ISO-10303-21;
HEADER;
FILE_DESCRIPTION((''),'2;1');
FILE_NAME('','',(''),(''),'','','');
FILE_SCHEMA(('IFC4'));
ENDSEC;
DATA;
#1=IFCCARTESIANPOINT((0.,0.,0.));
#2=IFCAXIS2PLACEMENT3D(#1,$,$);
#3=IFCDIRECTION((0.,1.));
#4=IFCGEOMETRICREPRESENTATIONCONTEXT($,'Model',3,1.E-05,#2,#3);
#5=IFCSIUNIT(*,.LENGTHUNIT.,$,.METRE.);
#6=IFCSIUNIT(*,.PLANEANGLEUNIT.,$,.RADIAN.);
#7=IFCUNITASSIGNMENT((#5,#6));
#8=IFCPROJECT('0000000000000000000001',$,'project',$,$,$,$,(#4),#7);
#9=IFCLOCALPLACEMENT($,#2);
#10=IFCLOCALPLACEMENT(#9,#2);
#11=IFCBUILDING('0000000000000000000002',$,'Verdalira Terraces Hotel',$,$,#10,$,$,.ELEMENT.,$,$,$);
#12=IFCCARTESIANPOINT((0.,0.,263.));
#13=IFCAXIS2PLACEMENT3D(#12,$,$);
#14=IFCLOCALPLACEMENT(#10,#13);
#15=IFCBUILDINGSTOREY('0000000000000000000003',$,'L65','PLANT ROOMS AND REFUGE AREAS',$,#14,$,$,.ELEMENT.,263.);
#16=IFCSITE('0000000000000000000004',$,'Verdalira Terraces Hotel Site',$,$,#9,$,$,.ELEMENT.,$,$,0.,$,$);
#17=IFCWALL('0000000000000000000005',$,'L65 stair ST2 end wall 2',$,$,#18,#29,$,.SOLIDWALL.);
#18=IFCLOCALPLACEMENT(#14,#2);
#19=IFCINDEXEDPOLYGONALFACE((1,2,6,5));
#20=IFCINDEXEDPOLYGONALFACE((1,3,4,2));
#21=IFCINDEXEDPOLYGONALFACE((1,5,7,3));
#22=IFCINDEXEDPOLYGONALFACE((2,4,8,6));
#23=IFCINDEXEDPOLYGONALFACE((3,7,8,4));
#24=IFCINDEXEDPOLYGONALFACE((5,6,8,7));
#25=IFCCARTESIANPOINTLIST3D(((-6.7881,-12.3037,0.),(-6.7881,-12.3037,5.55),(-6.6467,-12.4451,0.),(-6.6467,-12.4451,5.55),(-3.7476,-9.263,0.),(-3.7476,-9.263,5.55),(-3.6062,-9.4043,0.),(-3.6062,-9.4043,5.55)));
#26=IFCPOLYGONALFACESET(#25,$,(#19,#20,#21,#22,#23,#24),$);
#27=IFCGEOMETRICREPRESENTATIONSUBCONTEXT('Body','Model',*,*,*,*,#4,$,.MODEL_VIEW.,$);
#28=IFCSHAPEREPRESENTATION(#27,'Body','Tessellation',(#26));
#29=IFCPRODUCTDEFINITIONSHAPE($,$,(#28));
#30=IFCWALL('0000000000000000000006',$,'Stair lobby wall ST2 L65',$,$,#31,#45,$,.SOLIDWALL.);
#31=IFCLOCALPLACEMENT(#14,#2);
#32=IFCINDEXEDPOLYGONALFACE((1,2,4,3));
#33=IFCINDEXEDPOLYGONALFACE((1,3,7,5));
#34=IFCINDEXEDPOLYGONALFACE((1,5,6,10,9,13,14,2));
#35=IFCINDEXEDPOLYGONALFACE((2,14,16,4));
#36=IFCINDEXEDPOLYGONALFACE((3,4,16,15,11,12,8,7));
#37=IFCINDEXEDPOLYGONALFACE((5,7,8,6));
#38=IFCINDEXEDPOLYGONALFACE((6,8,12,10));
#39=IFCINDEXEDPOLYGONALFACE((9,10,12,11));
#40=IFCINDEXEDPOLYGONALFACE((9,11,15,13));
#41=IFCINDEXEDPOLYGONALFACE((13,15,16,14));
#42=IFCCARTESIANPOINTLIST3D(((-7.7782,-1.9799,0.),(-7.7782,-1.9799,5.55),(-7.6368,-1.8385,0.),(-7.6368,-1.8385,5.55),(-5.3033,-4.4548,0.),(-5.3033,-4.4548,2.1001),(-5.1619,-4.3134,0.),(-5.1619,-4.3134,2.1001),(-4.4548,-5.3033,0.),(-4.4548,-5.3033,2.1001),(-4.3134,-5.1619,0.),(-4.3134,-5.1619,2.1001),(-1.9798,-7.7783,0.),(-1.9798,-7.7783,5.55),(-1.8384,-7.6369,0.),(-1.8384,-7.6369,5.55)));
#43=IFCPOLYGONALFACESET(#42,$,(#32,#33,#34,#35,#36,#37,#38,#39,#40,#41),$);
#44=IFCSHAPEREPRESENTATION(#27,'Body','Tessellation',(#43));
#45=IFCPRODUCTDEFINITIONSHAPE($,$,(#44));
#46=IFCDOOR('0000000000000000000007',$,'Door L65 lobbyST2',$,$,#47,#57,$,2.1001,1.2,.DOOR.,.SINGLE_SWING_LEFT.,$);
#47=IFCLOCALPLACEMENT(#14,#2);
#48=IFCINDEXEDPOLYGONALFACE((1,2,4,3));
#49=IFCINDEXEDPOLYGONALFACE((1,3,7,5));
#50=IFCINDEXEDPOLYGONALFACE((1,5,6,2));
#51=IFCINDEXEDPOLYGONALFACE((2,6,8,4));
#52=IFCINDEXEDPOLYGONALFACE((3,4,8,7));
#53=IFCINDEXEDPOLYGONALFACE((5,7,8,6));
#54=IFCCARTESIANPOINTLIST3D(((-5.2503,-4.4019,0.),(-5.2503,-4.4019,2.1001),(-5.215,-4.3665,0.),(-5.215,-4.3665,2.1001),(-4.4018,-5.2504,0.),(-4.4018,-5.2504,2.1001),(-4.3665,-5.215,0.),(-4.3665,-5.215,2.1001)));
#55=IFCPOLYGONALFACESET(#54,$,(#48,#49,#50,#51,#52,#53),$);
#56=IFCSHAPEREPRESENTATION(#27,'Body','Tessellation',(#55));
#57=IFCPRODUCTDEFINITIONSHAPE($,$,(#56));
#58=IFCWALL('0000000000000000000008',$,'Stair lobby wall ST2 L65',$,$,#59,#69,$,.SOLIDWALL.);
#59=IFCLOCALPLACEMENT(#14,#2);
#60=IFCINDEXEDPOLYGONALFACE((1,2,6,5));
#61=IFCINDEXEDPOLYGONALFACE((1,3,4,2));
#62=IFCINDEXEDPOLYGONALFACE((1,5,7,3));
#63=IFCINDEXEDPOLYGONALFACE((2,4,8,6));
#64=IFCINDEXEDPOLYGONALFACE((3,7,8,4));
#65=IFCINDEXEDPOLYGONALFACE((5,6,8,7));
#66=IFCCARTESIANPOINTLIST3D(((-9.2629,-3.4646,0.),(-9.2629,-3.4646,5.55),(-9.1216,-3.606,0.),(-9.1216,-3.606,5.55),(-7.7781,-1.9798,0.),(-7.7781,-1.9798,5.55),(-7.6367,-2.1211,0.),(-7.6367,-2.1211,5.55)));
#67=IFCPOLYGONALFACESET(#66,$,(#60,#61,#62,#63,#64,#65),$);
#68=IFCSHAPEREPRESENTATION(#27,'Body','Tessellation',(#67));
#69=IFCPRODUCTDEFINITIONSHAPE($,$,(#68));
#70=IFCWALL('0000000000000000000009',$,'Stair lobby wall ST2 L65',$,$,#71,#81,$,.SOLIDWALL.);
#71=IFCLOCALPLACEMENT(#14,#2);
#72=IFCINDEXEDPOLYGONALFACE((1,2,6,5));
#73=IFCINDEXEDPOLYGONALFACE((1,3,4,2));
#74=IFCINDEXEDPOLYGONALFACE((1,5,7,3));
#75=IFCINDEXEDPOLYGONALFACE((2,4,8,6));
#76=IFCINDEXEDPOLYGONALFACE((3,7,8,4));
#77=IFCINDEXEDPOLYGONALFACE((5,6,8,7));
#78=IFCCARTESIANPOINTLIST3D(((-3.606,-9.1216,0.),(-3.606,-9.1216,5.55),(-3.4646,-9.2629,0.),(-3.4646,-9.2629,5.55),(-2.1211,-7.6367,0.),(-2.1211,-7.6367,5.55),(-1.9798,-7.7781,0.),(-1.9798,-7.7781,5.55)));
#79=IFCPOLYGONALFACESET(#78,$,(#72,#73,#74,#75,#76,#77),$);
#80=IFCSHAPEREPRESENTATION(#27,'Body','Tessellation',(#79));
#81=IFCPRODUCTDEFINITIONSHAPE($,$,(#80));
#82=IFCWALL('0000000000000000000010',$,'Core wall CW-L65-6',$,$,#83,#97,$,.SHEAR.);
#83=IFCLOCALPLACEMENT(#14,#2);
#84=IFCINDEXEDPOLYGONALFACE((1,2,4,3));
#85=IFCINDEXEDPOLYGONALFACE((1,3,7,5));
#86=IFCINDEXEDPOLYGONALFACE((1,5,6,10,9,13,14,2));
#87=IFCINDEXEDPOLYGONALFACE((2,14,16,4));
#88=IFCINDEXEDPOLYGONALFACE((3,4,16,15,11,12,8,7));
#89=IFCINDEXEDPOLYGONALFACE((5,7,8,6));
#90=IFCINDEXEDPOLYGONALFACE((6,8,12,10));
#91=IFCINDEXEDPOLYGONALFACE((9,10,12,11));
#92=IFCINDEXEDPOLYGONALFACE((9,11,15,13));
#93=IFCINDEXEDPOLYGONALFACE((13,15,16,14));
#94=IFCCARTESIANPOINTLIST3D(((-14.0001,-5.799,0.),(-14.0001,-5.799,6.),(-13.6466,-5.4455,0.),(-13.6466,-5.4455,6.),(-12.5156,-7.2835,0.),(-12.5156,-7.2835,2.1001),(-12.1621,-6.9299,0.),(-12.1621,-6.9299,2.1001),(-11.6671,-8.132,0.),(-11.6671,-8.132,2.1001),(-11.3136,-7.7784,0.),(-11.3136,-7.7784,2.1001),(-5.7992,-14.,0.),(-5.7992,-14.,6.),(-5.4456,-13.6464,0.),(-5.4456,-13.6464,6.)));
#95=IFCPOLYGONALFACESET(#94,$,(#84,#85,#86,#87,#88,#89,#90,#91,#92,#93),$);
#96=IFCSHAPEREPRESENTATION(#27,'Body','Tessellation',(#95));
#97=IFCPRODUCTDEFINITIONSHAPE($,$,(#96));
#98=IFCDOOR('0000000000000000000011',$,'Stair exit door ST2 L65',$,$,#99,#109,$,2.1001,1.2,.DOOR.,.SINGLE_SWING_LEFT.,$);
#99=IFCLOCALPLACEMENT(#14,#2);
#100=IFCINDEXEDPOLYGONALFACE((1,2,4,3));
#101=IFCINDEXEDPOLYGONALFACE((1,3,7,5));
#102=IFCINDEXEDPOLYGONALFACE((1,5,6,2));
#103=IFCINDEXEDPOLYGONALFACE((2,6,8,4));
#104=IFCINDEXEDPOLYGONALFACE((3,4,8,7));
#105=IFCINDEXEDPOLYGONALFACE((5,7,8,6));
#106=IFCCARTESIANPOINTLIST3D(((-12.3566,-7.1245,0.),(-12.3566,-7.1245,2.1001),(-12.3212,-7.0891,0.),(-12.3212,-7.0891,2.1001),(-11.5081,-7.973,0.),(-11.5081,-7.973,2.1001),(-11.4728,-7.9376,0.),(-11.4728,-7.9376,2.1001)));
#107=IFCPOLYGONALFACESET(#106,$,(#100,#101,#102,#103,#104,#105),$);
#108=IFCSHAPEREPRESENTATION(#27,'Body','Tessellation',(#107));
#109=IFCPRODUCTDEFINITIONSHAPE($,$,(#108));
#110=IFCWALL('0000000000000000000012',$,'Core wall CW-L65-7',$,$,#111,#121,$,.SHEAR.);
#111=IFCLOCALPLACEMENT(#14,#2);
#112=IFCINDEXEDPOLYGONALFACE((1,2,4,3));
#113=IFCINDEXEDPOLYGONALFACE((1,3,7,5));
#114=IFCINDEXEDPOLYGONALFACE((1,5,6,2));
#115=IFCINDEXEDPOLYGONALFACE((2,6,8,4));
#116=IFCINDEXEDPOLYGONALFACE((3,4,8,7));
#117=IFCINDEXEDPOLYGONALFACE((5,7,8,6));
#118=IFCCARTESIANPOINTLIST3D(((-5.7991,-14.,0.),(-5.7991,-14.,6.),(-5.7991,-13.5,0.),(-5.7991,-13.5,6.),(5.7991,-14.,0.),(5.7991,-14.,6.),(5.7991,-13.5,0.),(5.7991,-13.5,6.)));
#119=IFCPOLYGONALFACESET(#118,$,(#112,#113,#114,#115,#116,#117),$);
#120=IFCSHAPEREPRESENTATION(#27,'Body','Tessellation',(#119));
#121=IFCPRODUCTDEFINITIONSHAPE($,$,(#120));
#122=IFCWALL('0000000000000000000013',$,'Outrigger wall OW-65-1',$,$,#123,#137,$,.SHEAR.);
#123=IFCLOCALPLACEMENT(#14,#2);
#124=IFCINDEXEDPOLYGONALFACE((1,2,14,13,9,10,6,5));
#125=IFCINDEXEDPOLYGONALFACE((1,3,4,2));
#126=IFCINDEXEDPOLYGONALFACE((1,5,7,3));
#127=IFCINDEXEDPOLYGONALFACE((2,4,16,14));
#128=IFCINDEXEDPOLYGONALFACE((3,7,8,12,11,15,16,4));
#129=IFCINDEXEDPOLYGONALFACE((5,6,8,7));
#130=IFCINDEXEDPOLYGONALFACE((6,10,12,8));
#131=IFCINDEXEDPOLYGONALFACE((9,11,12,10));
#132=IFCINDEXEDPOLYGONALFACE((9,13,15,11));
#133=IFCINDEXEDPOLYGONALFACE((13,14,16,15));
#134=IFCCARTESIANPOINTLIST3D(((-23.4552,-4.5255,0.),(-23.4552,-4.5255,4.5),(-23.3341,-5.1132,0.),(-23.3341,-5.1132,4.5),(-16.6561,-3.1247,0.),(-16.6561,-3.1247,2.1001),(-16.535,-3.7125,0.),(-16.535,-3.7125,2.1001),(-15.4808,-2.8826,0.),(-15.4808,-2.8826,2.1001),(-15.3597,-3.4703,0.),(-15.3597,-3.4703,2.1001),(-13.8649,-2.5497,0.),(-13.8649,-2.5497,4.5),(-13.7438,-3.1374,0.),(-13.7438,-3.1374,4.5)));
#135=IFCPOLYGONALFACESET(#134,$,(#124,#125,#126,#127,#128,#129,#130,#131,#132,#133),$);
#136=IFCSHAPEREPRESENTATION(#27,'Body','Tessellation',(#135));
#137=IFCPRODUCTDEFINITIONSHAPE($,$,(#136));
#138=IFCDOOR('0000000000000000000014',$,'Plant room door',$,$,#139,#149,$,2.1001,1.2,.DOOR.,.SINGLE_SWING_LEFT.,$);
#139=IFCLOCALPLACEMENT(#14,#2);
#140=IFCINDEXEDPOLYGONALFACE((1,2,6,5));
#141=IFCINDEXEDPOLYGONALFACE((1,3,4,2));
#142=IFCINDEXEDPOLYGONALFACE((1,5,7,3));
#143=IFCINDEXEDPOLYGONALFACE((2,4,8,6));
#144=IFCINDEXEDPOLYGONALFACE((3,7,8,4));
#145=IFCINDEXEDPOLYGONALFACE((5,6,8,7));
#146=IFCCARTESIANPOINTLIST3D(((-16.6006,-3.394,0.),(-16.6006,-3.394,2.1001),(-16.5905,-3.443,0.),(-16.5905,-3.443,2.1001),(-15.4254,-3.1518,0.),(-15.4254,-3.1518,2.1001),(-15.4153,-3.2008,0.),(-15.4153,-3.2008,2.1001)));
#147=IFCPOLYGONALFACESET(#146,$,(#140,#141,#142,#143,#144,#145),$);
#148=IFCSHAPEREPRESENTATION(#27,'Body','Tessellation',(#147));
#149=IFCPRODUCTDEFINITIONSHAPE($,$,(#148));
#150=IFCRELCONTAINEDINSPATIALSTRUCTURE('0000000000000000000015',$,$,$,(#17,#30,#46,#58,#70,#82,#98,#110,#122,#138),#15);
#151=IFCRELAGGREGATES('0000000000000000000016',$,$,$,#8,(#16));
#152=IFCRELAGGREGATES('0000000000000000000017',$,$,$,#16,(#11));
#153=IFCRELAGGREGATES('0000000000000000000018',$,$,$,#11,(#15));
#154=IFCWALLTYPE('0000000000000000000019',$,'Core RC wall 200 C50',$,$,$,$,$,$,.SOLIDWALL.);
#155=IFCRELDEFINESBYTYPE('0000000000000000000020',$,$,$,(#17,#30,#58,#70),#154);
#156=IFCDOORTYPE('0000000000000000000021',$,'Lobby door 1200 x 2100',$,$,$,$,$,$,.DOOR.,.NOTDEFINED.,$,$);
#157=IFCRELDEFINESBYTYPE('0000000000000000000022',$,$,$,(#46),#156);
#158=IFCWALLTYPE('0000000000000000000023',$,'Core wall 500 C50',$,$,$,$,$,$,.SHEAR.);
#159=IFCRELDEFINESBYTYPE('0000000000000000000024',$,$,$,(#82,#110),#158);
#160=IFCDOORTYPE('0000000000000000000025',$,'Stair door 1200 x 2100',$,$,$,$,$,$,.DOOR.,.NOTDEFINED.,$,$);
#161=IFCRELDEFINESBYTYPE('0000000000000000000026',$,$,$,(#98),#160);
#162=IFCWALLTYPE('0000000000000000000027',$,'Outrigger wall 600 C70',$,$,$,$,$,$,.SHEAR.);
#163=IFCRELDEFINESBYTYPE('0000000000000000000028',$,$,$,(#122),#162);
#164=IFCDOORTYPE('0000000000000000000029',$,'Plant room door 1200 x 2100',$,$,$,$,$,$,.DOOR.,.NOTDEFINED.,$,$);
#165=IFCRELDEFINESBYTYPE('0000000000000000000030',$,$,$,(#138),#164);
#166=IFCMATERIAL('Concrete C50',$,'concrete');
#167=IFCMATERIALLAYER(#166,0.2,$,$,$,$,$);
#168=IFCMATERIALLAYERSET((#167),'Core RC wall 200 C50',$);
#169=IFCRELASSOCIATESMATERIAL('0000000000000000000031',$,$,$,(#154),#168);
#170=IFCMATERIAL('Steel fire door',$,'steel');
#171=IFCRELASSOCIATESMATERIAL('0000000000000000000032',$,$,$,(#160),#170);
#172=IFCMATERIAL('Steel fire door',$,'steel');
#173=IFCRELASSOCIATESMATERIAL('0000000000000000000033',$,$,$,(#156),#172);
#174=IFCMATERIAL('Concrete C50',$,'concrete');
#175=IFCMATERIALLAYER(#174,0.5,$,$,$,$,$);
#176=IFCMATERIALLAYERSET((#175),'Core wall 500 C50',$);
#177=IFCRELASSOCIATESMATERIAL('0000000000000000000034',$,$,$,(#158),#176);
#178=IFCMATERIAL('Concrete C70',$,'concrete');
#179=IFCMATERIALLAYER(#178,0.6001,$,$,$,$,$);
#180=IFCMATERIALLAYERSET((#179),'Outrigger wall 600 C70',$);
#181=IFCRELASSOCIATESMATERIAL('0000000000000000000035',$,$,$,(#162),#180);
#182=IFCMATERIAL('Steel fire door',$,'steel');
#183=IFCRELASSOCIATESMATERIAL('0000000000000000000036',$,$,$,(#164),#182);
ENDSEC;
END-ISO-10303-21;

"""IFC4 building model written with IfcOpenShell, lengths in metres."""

from ifc_helpers import new_model, si_unit, direction, frame, frame_2d, origin, place, context, subcontext, project, spatial, rectangle, extrude, material, layer, layer_set, type_object, element, fill, save


model = new_model("IFC4")

# Units and contexts
model_context = context("Model", 3, precision=1e-05, world=origin(), true_north=direction((0.0, 1.0)))
body_context = subcontext(model_context, "Body", "Model", "MODEL_VIEW")
ifc_project = project(units=[si_unit("LENGTHUNIT", "METRE"), si_unit("PLANEANGLEUNIT", "RADIAN")], contexts=[model_context])

# Site, building, storey
site_placement = place(None, origin())
site = spatial("IfcSite", under=ifc_project, at=site_placement, Name="Verdalira Terraces Hotel Site", CompositionType="ELEMENT", RefElevation=0.0)
building_placement = place(site_placement, origin())
building = spatial("IfcBuilding", under=site, at=building_placement, Name="Verdalira Terraces Hotel", CompositionType="ELEMENT")
storey_placement = place(building_placement, frame((0.0, 0.0, 263.0)))
storey = spatial("IfcBuildingStorey", under=building, at=storey_placement, Name="L65", Description="PLANT ROOMS AND REFUGE AREAS", CompositionType="ELEMENT", Elevation=263.0)

# Shared definitions
ifc_material_1 = material(Name="Concrete C50", Category="concrete")
ifc_layer_1 = layer(ifc_material_1, 0.2)
ifc_layer_set_1 = layer_set([ifc_layer_1], Name="Core RC wall 200 C50")
wall_type_1 = type_object("IfcWallType", Name="Core RC wall 200 C50", PredefinedType="SOLIDWALL", material=ifc_layer_set_1)

# Shared definitions
ifc_material_2 = material(Name="Steel fire door", Category="steel")
door_type_1 = type_object("IfcDoorType", Name="Stair door 1200 x 2100", OperationType="NOTDEFINED", PredefinedType="DOOR", material=ifc_material_2)

# Wall
for number, where, z_axis, x_axis, name in (
    (1, (-3.677, -9.3337, 0.0), (0.0, 0.0, 1.0), (-0.707078, -0.707135, 0.0), "L65 stair ST2 end wall 2"),
):
    element("IfcWall", number, at=place(storey_placement, frame(where, z_axis=z_axis, x_axis=x_axis)), inside=storey, type_object=wall_type_1, Name=name, PredefinedType="SOLIDWALL", context=body_context, shape_type="SweptSolid", body=[
        extrude(rectangle(XDim=4.3, YDim=0.2, at=frame_2d((2.1499, 0.0))), origin(), (0.0, 0.0, 1.0), 5.55),
    ])

# Wall, opening, door
wall_1_placement = place(storey_placement, frame((-7.7075, -1.9092, 0.0), z_axis=(0.0, 0.0, 1.0), x_axis=(0.707107, -0.707107, 0.0)))
wall_1 = element("IfcWall", 2, at=wall_1_placement, inside=storey, type_object=wall_type_1, Name="Stair lobby wall ST2 L65", PredefinedType="SOLIDWALL", context=body_context, shape_type="SweptSolid", body=[
    extrude(rectangle(XDim=8.2002, YDim=0.2, at=frame_2d((4.1001, 0.0))), origin(), (0.0, 0.0, 1.0), 5.55),
])
opening_1_placement = place(wall_1_placement, frame((3.5, 0.0, 0.0)))
opening_1 = element("IfcOpeningElement", 3, at=opening_1_placement, cuts=wall_1, PredefinedType="OPENING", context=body_context, shape_type="SweptSolid", body=[
    extrude(rectangle(XDim=1.2, YDim=2.1001, at=frame_2d((0.6001, 1.05))), frame((0.0, 0.1099, 0.0), z_axis=(0.0, -1.0, 0.0), x_axis=(1.0, 0.0, 0.0)), (0.0, 0.0, 1.0), 0.22),
])
ifc_material_3 = material(Name="Steel fire door", Category="steel")
door_type_2 = type_object("IfcDoorType", Name="Lobby door 1200 x 2100", OperationType="NOTDEFINED", PredefinedType="DOOR", material=ifc_material_3)
door_1_placement = place(opening_1_placement, origin())
door_1 = element("IfcDoor", 4, at=door_1_placement, inside=storey, type_object=door_type_2, Name="Door L65 lobbyST2", OperationType="SINGLE_SWING_LEFT", OverallHeight=2.1001, OverallWidth=1.2, PredefinedType="DOOR", context=body_context, shape_type="SweptSolid", body=[
    extrude(rectangle(XDim=1.2, YDim=2.1001, at=frame_2d((0.6001, 1.05))), frame((0.0, 0.0249, 0.0), z_axis=(0.0, -1.0, 0.0), x_axis=(1.0, 0.0, 0.0)), (0.0, 0.0, 1.0), 0.05),
])
fill(opening_1, door_1)

# Walls
for number, where, z_axis, x_axis, name in (
    (5, (-7.7075, -2.0505, 0.0), (0.0, 0.0, 1.0), (-0.707107, -0.707107, 0.0), "Stair lobby wall ST2 L65"),
    (6, (-2.0505, -7.7075, 0.0), (0.0, 0.0, 1.0), (-0.707107, -0.707107, 0.0), "Stair lobby wall ST2 L65"),
):
    element("IfcWall", number, at=place(storey_placement, frame(where, z_axis=z_axis, x_axis=x_axis)), inside=storey, type_object=wall_type_1, Name=name, PredefinedType="SOLIDWALL", context=body_context, shape_type="SweptSolid", body=[
        extrude(rectangle(XDim=2.0999, YDim=0.2, at=frame_2d((1.0498, 0.0))), origin(), (0.0, 0.0, 1.0), 5.55),
    ])

# Wall, opening, door
ifc_material_4 = material(Name="Concrete C50", Category="concrete")
ifc_layer_2 = layer(ifc_material_4, 0.5)
ifc_layer_set_2 = layer_set([ifc_layer_2], Name="Core wall 500 C50")
wall_type_2 = type_object("IfcWallType", Name="Core wall 500 C50", PredefinedType="SHEAR", material=ifc_layer_set_2)
wall_2_placement = place(storey_placement, frame((-13.8232, -5.6223, 0.0), z_axis=(0.0, 0.0, 1.0), x_axis=(0.707107, -0.707107, 0.0)))
wall_2 = element("IfcWall", 7, at=wall_2_placement, inside=storey, type_object=wall_type_2, Name="Core wall CW-L65-6", PredefinedType="SHEAR", context=body_context, shape_type="SweptSolid", body=[
    extrude(rectangle(XDim=11.5979, YDim=0.5, at=frame_2d((5.7988, 0.0))), origin(), (0.0, 0.0, 1.0), 6.0),
])
opening_2_placement = place(wall_2_placement, frame((2.0991, 0.0, 0.0)))
opening_2 = element("IfcOpeningElement", 8, at=opening_2_placement, cuts=wall_2, PredefinedType="OPENING", context=body_context, shape_type="SweptSolid", body=[
    extrude(rectangle(XDim=1.2, YDim=2.1001, at=frame_2d((0.6001, 1.05))), frame((0.0, 0.26, 0.0), z_axis=(0.0, -1.0, 0.0), x_axis=(1.0, 0.0, 0.0)), (0.0, 0.0, 1.0), 0.52),
])
door_2_placement = place(opening_2_placement, origin())
door_2 = element("IfcDoor", 9, at=door_2_placement, inside=storey, type_object=door_type_1, Name="Stair exit door ST2 L65", OperationType="SINGLE_SWING_LEFT", OverallHeight=2.1001, OverallWidth=1.2, PredefinedType="DOOR", context=body_context, shape_type="SweptSolid", body=[
    extrude(rectangle(XDim=1.2, YDim=2.1001, at=frame_2d((0.6001, 1.05))), frame((0.0, 0.0249, 0.0), z_axis=(0.0, -1.0, 0.0), x_axis=(1.0, 0.0, 0.0)), (0.0, 0.0, 1.0), 0.05),
])
fill(opening_2, door_2)

# Wall
wall_3_placement = place(storey_placement, frame((-5.7991, -13.75, 0.0), z_axis=(0.0, 0.0, 1.0), x_axis=(1.0, 0.0, 0.0)))
element("IfcWall", 10, at=wall_3_placement, inside=storey, type_object=wall_type_2, Name="Core wall CW-L65-7", PredefinedType="SHEAR", context=body_context, shape_type="SweptSolid", body=[
    extrude(rectangle(XDim=11.5981, YDim=0.5, at=frame_2d((5.7991, 0.0))), origin(), (0.0, 0.0, 1.0), 6.0),
])

# Wall, opening, door
ifc_material_5 = material(Name="Concrete C70", Category="concrete")
ifc_layer_3 = layer(ifc_material_5, 0.6001)
ifc_layer_set_3 = layer_set([ifc_layer_3], Name="Outrigger wall 600 C70")
wall_type_3 = type_object("IfcWallType", Name="Outrigger wall 600 C70", PredefinedType="SHEAR", material=ifc_layer_set_3)
wall_4_placement = place(storey_placement, frame((-13.8042, -2.8435, 0.0), z_axis=(0.0, 0.0, 1.0), x_axis=(-0.97943, -0.201785, 0.0)))
wall_4 = element("IfcWall", 11, at=wall_4_placement, inside=storey, type_object=wall_type_3, Name="Outrigger wall OW-65-1", PredefinedType="SHEAR", context=body_context, shape_type="SweptSolid", body=[
    extrude(rectangle(XDim=9.7917, YDim=0.6001, at=frame_2d((4.896, 0.0))), origin(), (0.0, 0.0, 1.0), 4.5),
])
opening_3_placement = place(wall_4_placement, frame((1.6499, 0.0, 0.0)))
opening_3 = element("IfcOpeningElement", 12, at=opening_3_placement, cuts=wall_4, PredefinedType="OPENING", context=body_context, shape_type="SweptSolid", body=[
    extrude(rectangle(XDim=1.2, YDim=2.1001, at=frame_2d((0.6001, 1.05))), frame((0.0, 0.3101, 0.0), z_axis=(0.0, -1.0, 0.0), x_axis=(1.0, 0.0, 0.0)), (0.0, 0.0, 1.0), 0.6201),
])
ifc_material_6 = material(Name="Steel fire door", Category="steel")
door_type_3 = type_object("IfcDoorType", Name="Plant room door 1200 x 2100", OperationType="NOTDEFINED", PredefinedType="DOOR", material=ifc_material_6)
door_3_placement = place(opening_3_placement, origin())
door_3 = element("IfcDoor", 13, at=door_3_placement, inside=storey, type_object=door_type_3, Name="Plant room door", OperationType="SINGLE_SWING_LEFT", OverallHeight=2.1001, OverallWidth=1.2, PredefinedType="DOOR", context=body_context, shape_type="SweptSolid", body=[
    extrude(rectangle(XDim=1.2, YDim=2.1001, at=frame_2d((0.6001, 1.05))), frame((0.0, 0.0249, 0.0), z_axis=(0.0, -1.0, 0.0), x_axis=(1.0, 0.0, 0.0)), (0.0, 0.0, 1.0), 0.05),
])
fill(opening_3, door_3)

save(model, "model.ifc")
